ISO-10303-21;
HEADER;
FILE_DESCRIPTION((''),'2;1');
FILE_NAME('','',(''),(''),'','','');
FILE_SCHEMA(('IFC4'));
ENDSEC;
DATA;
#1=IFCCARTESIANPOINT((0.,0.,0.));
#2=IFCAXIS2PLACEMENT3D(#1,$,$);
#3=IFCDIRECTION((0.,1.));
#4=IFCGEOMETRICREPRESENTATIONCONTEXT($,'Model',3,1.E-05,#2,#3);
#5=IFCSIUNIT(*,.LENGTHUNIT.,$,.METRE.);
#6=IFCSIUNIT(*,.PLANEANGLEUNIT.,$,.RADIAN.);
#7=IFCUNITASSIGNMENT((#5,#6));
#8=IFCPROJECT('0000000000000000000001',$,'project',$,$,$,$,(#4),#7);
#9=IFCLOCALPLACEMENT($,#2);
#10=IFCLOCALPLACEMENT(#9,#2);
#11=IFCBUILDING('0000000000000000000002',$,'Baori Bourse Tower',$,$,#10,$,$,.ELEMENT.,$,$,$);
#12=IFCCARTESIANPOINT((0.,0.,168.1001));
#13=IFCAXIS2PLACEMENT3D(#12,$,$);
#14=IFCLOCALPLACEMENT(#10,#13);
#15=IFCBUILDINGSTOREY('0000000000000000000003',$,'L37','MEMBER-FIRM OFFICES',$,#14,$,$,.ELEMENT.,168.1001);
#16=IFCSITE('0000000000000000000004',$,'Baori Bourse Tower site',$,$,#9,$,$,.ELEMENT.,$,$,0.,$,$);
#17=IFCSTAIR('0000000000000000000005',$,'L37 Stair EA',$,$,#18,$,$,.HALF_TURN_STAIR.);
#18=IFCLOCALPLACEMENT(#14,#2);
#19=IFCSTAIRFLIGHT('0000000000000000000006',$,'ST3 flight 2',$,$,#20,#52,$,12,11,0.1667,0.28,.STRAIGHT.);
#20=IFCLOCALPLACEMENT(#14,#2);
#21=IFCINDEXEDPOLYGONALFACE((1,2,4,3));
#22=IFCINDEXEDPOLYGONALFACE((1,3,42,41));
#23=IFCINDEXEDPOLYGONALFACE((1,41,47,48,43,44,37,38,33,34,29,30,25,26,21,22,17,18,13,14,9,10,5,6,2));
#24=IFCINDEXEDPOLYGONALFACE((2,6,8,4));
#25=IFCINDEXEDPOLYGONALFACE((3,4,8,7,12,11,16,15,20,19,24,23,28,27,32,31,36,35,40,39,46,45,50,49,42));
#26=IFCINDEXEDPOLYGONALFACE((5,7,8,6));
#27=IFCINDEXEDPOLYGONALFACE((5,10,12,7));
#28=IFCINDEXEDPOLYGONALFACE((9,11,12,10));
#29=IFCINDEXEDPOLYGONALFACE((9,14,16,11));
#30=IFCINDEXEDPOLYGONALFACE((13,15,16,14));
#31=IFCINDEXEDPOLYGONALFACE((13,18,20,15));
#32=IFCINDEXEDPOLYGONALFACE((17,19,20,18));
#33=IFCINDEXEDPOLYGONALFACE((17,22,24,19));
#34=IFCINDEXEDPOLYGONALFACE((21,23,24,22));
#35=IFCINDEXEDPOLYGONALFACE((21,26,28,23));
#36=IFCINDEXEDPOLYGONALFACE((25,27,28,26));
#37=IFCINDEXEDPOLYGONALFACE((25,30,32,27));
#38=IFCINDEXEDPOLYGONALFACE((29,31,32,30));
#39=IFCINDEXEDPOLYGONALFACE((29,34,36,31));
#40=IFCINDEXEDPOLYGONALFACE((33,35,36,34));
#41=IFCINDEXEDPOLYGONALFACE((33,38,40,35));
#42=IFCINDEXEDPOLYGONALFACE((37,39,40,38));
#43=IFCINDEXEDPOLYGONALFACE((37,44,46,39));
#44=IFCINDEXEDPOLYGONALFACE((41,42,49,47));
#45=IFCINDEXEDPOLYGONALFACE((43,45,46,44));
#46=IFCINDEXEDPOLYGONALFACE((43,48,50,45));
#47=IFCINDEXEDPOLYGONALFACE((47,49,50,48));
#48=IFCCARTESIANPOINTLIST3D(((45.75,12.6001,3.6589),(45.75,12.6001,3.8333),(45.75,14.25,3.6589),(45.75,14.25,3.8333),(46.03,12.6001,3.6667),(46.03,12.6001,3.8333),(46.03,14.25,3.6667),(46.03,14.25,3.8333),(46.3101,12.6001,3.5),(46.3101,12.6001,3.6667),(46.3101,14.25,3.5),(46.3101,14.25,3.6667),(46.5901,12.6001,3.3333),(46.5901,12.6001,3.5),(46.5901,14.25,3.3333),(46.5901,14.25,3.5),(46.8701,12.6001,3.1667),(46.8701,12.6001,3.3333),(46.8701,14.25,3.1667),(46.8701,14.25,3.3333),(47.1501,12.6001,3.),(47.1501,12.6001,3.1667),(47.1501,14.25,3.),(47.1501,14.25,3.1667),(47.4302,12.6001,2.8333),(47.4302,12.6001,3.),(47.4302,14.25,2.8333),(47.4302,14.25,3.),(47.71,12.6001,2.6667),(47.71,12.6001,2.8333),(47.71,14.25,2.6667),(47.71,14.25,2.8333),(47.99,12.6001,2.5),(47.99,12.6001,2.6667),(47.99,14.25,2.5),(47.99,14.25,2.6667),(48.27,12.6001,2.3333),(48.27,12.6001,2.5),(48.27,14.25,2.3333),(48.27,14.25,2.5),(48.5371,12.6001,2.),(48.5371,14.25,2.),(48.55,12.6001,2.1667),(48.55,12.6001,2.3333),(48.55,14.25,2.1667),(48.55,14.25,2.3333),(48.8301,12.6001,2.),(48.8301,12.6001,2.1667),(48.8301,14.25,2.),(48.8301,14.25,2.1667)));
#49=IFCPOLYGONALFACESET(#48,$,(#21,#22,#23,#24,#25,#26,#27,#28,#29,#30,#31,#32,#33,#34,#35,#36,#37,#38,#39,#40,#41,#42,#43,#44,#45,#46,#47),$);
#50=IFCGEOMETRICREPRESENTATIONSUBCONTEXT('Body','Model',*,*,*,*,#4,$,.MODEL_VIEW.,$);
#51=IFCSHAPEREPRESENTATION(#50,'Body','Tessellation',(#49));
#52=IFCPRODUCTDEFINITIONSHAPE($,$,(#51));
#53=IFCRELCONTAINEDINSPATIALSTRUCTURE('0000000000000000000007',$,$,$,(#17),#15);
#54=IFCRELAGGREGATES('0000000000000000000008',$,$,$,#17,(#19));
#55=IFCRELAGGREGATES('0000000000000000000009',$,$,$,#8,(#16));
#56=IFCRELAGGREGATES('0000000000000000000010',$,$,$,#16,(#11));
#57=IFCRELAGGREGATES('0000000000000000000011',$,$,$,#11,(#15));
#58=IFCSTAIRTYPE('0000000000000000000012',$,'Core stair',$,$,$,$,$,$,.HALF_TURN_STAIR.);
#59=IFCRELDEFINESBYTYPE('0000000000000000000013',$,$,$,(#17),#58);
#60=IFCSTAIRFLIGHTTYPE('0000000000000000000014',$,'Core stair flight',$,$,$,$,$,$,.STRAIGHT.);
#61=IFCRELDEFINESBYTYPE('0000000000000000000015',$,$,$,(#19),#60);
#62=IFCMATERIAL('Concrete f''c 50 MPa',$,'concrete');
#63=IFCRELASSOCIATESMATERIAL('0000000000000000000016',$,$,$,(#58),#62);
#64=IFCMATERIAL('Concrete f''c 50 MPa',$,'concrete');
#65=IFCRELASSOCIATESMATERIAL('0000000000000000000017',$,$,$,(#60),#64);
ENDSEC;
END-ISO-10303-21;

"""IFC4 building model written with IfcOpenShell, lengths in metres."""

from ifc_helpers import new_model, si_unit, direction, frame, origin, place, context, subcontext, project, spatial, polyline, outline, extrude, material, type_object, element, aggregate, save


model = new_model("IFC4")

# Units and contexts
model_context = context("Model", 3, precision=1e-05, world=origin(), true_north=direction((0.0, 1.0)))
body_context = subcontext(model_context, "Body", "Model", "MODEL_VIEW")
ifc_project = project(units=[si_unit("LENGTHUNIT", "METRE"), si_unit("PLANEANGLEUNIT", "RADIAN")], contexts=[model_context])

# Site, building, storey
site_placement = place(None, origin())
site = spatial("IfcSite", under=ifc_project, at=site_placement, Name="Baori Bourse Tower site", CompositionType="ELEMENT", RefElevation=0.0)
building_placement = place(site_placement, origin())
building = spatial("IfcBuilding", under=site, at=building_placement, Name="Baori Bourse Tower", CompositionType="ELEMENT")
storey_placement = place(building_placement, frame((0.0, 0.0, 168.1001)))
storey = spatial("IfcBuildingStorey", under=building, at=storey_placement, Name="L37", Description="MEMBER-FIRM OFFICES", CompositionType="ELEMENT", Elevation=168.1001)

# Stair, stair flight
ifc_material_1 = material(Name="Concrete f'c 50 MPa", Category="concrete")
stair_type = type_object("IfcStairType", Name="Core stair", PredefinedType="HALF_TURN_STAIR", material=ifc_material_1)
stair_placement = place(storey_placement, origin())
stair = element("IfcStair", 1, at=stair_placement, inside=storey, type_object=stair_type, Name="L37 Stair EA", PredefinedType="HALF_TURN_STAIR")
ifc_material_2 = material(Name="Concrete f'c 50 MPa", Category="concrete")
stair_flight_type = type_object("IfcStairFlightType", Name="Core stair flight", PredefinedType="STRAIGHT", material=ifc_material_2)
stair_flight_1_placement = place(storey_placement, frame((48.8301, 13.425, 2.0), z_axis=(0.0, 0.0, 1.0), x_axis=(-1.0, 0.0, 0.0)))
stair_flight_1 = element("IfcStairFlight", 2, at=stair_flight_1_placement, type_object=stair_flight_type, Name="ST3 flight 2", NumberOfRisers=12, NumberOfTreads=11, PredefinedType="STRAIGHT", RiserHeight=0.1667, TreadLength=0.28, context=body_context, shape_type="SweptSolid", body=[
    extrude(outline(polyline([(0.0, 0.0), (0.0, 0.1667), (0.28, 0.1667), (0.28, 0.3333), (0.5601, 0.3333), (0.5601, 0.5), (0.8401, 0.5), (0.8401, 0.6667), (1.1201, 0.6667), (1.1201, 0.8333), (1.3999, 0.8333), (1.3999, 1.0), (1.6799, 1.0), (1.6799, 1.1667), (1.96, 1.1667), (1.96, 1.3333), (2.24, 1.3333), (2.24, 1.5), (2.52, 1.5), (2.52, 1.6667), (2.8, 1.6667), (2.8, 1.8333), (3.0801, 1.8333), (3.0801, 2.0), (3.0801, 1.6589), (0.293, 0.0), (0.0, 0.0)])), frame((0.0, 0.825, 0.0), z_axis=(0.0, -1.0, 0.0), x_axis=(1.0, 0.0, 0.0)), (0.0, 0.0, 1.0), 1.6499),
])
aggregate(stair, [stair_flight_1])

save(model, "model.ifc")
